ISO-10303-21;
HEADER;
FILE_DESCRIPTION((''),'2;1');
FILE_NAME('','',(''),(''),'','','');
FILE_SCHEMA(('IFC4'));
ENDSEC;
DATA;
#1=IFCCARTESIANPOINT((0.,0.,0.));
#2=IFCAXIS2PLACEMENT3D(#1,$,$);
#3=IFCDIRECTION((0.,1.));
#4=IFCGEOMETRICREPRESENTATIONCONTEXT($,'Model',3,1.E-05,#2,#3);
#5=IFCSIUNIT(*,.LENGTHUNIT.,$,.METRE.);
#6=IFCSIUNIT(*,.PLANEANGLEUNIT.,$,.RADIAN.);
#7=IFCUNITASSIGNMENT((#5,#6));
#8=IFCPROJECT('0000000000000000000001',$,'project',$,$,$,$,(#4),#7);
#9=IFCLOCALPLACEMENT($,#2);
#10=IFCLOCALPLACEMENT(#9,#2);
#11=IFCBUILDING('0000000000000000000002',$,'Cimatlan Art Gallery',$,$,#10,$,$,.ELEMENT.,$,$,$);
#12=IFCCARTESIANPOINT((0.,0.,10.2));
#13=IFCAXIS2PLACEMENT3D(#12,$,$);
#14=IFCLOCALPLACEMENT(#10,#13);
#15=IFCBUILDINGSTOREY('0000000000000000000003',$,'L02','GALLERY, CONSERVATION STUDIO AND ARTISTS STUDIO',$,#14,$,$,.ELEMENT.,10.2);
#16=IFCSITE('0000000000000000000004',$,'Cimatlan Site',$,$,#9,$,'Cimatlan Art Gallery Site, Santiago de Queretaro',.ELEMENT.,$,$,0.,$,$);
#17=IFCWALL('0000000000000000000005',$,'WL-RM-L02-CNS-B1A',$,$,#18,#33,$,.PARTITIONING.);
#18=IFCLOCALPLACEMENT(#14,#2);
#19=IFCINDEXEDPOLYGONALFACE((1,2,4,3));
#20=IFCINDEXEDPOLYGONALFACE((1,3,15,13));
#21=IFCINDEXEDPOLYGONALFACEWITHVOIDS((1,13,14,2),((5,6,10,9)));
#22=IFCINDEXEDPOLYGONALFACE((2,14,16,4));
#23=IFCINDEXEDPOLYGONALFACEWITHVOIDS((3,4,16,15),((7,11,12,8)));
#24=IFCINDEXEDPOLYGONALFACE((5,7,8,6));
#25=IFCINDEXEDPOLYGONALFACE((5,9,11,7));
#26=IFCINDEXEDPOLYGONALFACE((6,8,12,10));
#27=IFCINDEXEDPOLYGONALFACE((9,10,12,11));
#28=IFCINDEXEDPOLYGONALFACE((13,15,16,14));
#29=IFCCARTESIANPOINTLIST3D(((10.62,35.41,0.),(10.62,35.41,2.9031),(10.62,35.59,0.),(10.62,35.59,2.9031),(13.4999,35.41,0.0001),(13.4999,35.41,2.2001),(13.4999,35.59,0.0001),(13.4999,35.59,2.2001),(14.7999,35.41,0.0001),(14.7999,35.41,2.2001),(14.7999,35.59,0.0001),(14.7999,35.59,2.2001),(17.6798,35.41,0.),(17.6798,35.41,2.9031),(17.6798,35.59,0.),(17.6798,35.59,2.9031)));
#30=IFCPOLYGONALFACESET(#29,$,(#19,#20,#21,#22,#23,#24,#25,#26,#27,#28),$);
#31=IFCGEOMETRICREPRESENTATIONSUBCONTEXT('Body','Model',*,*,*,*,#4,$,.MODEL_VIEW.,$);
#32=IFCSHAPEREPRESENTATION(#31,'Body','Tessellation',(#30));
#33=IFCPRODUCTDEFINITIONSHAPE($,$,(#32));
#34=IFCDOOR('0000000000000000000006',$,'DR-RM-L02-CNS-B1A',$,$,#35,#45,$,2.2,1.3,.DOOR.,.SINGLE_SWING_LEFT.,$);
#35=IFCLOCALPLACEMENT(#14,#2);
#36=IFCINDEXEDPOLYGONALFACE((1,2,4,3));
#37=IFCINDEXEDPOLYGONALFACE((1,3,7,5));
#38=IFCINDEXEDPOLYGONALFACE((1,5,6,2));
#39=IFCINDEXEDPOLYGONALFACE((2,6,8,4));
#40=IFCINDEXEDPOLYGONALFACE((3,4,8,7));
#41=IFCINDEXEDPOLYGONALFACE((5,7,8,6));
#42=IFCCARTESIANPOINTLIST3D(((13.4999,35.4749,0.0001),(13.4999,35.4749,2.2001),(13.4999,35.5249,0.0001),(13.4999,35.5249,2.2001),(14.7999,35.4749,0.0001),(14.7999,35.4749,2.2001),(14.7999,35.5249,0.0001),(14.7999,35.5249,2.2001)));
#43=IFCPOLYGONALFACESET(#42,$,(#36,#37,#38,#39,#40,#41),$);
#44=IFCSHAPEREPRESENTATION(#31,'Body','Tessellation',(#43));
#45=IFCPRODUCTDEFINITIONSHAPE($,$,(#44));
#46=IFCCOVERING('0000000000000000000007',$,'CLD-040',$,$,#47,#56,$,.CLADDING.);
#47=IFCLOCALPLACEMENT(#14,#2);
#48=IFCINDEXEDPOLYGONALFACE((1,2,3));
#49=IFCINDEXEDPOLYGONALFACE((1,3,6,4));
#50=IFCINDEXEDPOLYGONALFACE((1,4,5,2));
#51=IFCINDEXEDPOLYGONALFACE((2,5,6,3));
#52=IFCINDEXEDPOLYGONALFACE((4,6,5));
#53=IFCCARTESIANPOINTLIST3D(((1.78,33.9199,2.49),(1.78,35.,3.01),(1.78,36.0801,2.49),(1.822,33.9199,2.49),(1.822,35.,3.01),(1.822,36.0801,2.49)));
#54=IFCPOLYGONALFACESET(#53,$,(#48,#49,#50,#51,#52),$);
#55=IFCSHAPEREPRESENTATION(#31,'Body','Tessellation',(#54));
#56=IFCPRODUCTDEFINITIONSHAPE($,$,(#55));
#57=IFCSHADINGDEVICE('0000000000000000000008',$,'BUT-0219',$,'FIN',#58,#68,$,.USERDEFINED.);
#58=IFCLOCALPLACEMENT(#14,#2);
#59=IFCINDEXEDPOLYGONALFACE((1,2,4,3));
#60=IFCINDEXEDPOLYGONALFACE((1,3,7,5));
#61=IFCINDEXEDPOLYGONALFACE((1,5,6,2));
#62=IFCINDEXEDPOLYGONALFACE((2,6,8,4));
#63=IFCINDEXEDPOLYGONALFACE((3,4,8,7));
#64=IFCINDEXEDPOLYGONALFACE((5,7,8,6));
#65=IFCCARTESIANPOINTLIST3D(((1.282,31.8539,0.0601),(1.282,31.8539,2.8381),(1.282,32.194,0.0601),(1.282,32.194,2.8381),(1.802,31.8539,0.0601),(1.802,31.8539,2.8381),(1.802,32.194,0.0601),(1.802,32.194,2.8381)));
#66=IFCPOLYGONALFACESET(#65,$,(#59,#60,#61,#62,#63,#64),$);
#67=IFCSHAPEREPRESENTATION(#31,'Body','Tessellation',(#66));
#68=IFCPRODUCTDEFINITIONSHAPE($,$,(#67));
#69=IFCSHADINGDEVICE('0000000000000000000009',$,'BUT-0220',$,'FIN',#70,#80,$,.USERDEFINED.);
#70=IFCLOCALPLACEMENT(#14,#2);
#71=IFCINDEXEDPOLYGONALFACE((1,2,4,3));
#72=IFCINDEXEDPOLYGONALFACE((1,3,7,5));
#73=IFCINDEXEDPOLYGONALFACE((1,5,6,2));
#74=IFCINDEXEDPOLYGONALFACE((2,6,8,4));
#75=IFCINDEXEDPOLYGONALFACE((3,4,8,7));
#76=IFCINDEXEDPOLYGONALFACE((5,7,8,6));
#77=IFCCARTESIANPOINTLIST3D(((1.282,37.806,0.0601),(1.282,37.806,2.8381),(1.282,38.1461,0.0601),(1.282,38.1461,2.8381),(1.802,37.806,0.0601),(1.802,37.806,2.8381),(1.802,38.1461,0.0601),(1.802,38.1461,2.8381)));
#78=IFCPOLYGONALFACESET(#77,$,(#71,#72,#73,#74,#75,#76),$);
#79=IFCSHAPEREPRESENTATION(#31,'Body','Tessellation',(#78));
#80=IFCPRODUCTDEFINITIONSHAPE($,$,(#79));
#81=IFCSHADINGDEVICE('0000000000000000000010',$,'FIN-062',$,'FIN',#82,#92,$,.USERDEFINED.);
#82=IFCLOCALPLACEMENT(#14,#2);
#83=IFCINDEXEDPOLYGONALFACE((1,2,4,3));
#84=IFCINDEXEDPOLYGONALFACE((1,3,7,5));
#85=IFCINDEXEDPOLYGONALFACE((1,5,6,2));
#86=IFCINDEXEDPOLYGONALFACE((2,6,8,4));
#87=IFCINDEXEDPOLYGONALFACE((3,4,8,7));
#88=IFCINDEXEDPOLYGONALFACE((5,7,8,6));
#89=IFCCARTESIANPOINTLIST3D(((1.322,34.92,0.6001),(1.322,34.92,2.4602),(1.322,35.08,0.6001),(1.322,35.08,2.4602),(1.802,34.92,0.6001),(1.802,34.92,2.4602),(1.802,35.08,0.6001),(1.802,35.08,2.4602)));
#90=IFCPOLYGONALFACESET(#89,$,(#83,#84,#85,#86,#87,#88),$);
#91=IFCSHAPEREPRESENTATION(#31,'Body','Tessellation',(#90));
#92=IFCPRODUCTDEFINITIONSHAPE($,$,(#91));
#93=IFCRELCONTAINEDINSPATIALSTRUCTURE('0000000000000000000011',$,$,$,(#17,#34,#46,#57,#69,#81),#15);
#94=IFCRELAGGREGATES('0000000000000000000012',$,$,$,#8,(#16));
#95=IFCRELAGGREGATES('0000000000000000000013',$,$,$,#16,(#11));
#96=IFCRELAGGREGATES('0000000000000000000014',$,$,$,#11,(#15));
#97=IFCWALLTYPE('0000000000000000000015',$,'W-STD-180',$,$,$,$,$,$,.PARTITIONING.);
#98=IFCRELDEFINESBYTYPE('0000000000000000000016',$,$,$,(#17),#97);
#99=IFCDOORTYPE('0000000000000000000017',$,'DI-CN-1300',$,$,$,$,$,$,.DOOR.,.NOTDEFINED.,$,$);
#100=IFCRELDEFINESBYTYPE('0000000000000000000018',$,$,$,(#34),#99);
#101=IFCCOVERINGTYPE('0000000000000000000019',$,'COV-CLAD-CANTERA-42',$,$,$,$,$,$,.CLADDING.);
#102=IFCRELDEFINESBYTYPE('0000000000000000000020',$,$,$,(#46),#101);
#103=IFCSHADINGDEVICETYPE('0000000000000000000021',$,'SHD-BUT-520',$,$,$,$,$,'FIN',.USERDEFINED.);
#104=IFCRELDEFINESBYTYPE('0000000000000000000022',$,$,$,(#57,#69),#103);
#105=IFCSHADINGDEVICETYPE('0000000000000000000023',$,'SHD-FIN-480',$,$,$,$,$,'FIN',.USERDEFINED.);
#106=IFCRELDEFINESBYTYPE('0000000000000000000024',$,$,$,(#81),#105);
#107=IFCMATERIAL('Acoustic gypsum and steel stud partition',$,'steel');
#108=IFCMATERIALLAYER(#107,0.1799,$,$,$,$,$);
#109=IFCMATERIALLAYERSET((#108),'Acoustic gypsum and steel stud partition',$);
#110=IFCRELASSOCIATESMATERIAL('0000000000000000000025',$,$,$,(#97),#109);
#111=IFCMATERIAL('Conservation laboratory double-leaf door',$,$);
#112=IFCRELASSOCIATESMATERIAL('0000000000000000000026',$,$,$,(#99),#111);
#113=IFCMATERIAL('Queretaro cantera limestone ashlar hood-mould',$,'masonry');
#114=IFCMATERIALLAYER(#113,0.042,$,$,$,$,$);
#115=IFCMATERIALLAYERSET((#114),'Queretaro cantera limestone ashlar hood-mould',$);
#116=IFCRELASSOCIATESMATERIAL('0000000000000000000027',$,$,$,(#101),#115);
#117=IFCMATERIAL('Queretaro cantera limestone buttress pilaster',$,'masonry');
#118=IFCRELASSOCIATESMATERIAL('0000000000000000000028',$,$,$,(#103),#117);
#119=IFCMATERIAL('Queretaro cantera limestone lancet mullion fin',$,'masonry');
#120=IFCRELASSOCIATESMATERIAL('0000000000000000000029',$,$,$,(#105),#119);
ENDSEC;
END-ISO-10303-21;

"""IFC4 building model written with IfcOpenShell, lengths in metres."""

from ifc_helpers import new_model, si_unit, direction, frame, frame_2d, origin, origin_2d, place, context, subcontext, project, spatial, polyline, rectangle, outline, extrude, material, layer, layer_set, type_object, element, fill, save


model = new_model("IFC4")

# Units and contexts
model_context = context("Model", 3, precision=1e-05, world=origin(), true_north=direction((0.0, 1.0)))
body_context = subcontext(model_context, "Body", "Model", "MODEL_VIEW")
ifc_project = project(units=[si_unit("LENGTHUNIT", "METRE"), si_unit("PLANEANGLEUNIT", "RADIAN")], contexts=[model_context])

# Site, building, storey
site_placement = place(None, origin())
site = spatial("IfcSite", under=ifc_project, at=site_placement, Name="Cimatlan Site", LongName="Cimatlan Art Gallery Site, Santiago de Queretaro", CompositionType="ELEMENT", RefElevation=0.0)
building_placement = place(site_placement, origin())
building = spatial("IfcBuilding", under=site, at=building_placement, Name="Cimatlan Art Gallery", CompositionType="ELEMENT")
storey_placement = place(building_placement, frame((0.0, 0.0, 10.2)))
storey = spatial("IfcBuildingStorey", under=building, at=storey_placement, Name="L02", Description="GALLERY, CONSERVATION STUDIO AND ARTISTS STUDIO", CompositionType="ELEMENT", Elevation=10.2)

# Wall, opening, door
ifc_material_1 = material(Name="Acoustic gypsum and steel stud partition", Category="steel")
ifc_layer_1 = layer(ifc_material_1, 0.1799)
ifc_layer_set_1 = layer_set([ifc_layer_1], Name="Acoustic gypsum and steel stud partition")
wall_type_1 = type_object("IfcWallType", Name="W-STD-180", PredefinedType="PARTITIONING", material=ifc_layer_set_1)
wall_1_placement = place(storey_placement, frame((10.6201, 35.5, 0.0), z_axis=(0.0, 0.0, 1.0), x_axis=(1.0, 0.0, 0.0)))
wall_1 = element("IfcWall", 1, at=wall_1_placement, inside=storey, type_object=wall_type_1, Name="WL-RM-L02-CNS-B1A", PredefinedType="PARTITIONING", context=body_context, shape_type="SweptSolid", body=[
    extrude(rectangle(XDim=7.0598, YDim=0.1799, at=frame_2d((3.5298, 0.0))), origin(), (0.0, 0.0, 1.0), 2.9031),
])
opening_1_placement = place(wall_1_placement, frame((2.8799, 0.0, 0.0)))
opening_1 = element("IfcOpeningElement", 2, at=opening_1_placement, cuts=wall_1, PredefinedType="OPENING", context=body_context, shape_type="SweptSolid", body=[
    extrude(rectangle(XDim=1.3, YDim=2.2, at=frame_2d((0.6499, 1.1001))), frame((0.0, 0.1001, 0.0), z_axis=(0.0, -1.0, 0.0), x_axis=(1.0, 0.0, 0.0)), (0.0, 0.0, 1.0), 0.2),
])
ifc_material_2 = material(Name="Conservation laboratory double-leaf door")
door_type_1 = type_object("IfcDoorType", Name="DI-CN-1300", OperationType="NOTDEFINED", PredefinedType="DOOR", material=ifc_material_2)
door_1_placement = place(opening_1_placement, origin())
door_1 = element("IfcDoor", 3, at=door_1_placement, inside=storey, type_object=door_type_1, Name="DR-RM-L02-CNS-B1A", OperationType="SINGLE_SWING_LEFT", OverallHeight=2.2, OverallWidth=1.3, PredefinedType="DOOR", context=body_context, shape_type="SweptSolid", body=[
    extrude(rectangle(XDim=1.3, YDim=2.2, at=frame_2d((0.6499, 1.1001))), frame((0.0, 0.0249, 0.0), z_axis=(0.0, -1.0, 0.0), x_axis=(1.0, 0.0, 0.0)), (0.0, 0.0, 1.0), 0.05),
])
fill(opening_1, door_1)

# Covering
ifc_material_3 = material(Name="Queretaro cantera limestone ashlar hood-mould", Category="masonry")
ifc_layer_2 = layer(ifc_material_3, 0.042)
ifc_layer_set_2 = layer_set([ifc_layer_2], Name="Queretaro cantera limestone ashlar hood-mould")
covering_type = type_object("IfcCoveringType", Name="COV-CLAD-CANTERA-42", PredefinedType="CLADDING", material=ifc_layer_set_2)
covering_placement = place(storey_placement, frame((1.822, 33.9199, 2.49), z_axis=(1.0, 0.0, 0.0), x_axis=(0.0, 1.0, 0.0)))
element("IfcCovering", 4, at=covering_placement, inside=storey, type_object=covering_type, Name="CLD-040", PredefinedType="CLADDING", context=body_context, shape_type="SweptSolid", body=[
    extrude(outline(polyline([(0.0, 0.0), (2.1602, 0.0), (1.0801, 0.52), (0.0, 0.0)])), origin(), (0.0, 0.0, -1.0), 0.042),
])

# Shading devices
ifc_material_4 = material(Name="Queretaro cantera limestone buttress pilaster", Category="masonry")
shading_device_type_1 = type_object("IfcShadingDeviceType", Name="SHD-BUT-520", ElementType="FIN", PredefinedType="USERDEFINED", material=ifc_material_4)
for number, where, z_axis, x_axis, name in (
    (5, (1.542, 32.0239, 0.0601), (0.0, 0.0, 1.0), (0.0, 1.0, 0.0), "BUT-0219"),
    (6, (1.542, 37.9761, 0.0601), (0.0, 0.0, 1.0), (0.0, 1.0, 0.0), "BUT-0220"),
):
    element("IfcShadingDevice", number, at=place(storey_placement, frame(where, z_axis=z_axis, x_axis=x_axis)), inside=storey, type_object=shading_device_type_1, Name=name, ObjectType="FIN", PredefinedType="USERDEFINED", context=body_context, shape_type="SweptSolid", body=[
        extrude(rectangle(XDim=0.3401, YDim=0.52, at=origin_2d()), origin(), (0.0, 0.0, 1.0), 2.7781),
    ])
ifc_material_5 = material(Name="Queretaro cantera limestone lancet mullion fin", Category="masonry")
shading_device_type_2 = type_object("IfcShadingDeviceType", Name="SHD-FIN-480", ElementType="FIN", PredefinedType="USERDEFINED", material=ifc_material_5)
shading_device_placement = place(storey_placement, frame((1.562, 35.0, 0.6001), z_axis=(0.0, 0.0, 1.0), x_axis=(0.0, 1.0, 0.0)))
element("IfcShadingDevice", 7, at=shading_device_placement, inside=storey, type_object=shading_device_type_2, Name="FIN-062", ObjectType="FIN", PredefinedType="USERDEFINED", context=body_context, shape_type="SweptSolid", body=[
    extrude(rectangle(XDim=0.1599, YDim=0.48, at=origin_2d()), origin(), (0.0, 0.0, 1.0), 1.8601),
])

save(model, "model.ifc")
